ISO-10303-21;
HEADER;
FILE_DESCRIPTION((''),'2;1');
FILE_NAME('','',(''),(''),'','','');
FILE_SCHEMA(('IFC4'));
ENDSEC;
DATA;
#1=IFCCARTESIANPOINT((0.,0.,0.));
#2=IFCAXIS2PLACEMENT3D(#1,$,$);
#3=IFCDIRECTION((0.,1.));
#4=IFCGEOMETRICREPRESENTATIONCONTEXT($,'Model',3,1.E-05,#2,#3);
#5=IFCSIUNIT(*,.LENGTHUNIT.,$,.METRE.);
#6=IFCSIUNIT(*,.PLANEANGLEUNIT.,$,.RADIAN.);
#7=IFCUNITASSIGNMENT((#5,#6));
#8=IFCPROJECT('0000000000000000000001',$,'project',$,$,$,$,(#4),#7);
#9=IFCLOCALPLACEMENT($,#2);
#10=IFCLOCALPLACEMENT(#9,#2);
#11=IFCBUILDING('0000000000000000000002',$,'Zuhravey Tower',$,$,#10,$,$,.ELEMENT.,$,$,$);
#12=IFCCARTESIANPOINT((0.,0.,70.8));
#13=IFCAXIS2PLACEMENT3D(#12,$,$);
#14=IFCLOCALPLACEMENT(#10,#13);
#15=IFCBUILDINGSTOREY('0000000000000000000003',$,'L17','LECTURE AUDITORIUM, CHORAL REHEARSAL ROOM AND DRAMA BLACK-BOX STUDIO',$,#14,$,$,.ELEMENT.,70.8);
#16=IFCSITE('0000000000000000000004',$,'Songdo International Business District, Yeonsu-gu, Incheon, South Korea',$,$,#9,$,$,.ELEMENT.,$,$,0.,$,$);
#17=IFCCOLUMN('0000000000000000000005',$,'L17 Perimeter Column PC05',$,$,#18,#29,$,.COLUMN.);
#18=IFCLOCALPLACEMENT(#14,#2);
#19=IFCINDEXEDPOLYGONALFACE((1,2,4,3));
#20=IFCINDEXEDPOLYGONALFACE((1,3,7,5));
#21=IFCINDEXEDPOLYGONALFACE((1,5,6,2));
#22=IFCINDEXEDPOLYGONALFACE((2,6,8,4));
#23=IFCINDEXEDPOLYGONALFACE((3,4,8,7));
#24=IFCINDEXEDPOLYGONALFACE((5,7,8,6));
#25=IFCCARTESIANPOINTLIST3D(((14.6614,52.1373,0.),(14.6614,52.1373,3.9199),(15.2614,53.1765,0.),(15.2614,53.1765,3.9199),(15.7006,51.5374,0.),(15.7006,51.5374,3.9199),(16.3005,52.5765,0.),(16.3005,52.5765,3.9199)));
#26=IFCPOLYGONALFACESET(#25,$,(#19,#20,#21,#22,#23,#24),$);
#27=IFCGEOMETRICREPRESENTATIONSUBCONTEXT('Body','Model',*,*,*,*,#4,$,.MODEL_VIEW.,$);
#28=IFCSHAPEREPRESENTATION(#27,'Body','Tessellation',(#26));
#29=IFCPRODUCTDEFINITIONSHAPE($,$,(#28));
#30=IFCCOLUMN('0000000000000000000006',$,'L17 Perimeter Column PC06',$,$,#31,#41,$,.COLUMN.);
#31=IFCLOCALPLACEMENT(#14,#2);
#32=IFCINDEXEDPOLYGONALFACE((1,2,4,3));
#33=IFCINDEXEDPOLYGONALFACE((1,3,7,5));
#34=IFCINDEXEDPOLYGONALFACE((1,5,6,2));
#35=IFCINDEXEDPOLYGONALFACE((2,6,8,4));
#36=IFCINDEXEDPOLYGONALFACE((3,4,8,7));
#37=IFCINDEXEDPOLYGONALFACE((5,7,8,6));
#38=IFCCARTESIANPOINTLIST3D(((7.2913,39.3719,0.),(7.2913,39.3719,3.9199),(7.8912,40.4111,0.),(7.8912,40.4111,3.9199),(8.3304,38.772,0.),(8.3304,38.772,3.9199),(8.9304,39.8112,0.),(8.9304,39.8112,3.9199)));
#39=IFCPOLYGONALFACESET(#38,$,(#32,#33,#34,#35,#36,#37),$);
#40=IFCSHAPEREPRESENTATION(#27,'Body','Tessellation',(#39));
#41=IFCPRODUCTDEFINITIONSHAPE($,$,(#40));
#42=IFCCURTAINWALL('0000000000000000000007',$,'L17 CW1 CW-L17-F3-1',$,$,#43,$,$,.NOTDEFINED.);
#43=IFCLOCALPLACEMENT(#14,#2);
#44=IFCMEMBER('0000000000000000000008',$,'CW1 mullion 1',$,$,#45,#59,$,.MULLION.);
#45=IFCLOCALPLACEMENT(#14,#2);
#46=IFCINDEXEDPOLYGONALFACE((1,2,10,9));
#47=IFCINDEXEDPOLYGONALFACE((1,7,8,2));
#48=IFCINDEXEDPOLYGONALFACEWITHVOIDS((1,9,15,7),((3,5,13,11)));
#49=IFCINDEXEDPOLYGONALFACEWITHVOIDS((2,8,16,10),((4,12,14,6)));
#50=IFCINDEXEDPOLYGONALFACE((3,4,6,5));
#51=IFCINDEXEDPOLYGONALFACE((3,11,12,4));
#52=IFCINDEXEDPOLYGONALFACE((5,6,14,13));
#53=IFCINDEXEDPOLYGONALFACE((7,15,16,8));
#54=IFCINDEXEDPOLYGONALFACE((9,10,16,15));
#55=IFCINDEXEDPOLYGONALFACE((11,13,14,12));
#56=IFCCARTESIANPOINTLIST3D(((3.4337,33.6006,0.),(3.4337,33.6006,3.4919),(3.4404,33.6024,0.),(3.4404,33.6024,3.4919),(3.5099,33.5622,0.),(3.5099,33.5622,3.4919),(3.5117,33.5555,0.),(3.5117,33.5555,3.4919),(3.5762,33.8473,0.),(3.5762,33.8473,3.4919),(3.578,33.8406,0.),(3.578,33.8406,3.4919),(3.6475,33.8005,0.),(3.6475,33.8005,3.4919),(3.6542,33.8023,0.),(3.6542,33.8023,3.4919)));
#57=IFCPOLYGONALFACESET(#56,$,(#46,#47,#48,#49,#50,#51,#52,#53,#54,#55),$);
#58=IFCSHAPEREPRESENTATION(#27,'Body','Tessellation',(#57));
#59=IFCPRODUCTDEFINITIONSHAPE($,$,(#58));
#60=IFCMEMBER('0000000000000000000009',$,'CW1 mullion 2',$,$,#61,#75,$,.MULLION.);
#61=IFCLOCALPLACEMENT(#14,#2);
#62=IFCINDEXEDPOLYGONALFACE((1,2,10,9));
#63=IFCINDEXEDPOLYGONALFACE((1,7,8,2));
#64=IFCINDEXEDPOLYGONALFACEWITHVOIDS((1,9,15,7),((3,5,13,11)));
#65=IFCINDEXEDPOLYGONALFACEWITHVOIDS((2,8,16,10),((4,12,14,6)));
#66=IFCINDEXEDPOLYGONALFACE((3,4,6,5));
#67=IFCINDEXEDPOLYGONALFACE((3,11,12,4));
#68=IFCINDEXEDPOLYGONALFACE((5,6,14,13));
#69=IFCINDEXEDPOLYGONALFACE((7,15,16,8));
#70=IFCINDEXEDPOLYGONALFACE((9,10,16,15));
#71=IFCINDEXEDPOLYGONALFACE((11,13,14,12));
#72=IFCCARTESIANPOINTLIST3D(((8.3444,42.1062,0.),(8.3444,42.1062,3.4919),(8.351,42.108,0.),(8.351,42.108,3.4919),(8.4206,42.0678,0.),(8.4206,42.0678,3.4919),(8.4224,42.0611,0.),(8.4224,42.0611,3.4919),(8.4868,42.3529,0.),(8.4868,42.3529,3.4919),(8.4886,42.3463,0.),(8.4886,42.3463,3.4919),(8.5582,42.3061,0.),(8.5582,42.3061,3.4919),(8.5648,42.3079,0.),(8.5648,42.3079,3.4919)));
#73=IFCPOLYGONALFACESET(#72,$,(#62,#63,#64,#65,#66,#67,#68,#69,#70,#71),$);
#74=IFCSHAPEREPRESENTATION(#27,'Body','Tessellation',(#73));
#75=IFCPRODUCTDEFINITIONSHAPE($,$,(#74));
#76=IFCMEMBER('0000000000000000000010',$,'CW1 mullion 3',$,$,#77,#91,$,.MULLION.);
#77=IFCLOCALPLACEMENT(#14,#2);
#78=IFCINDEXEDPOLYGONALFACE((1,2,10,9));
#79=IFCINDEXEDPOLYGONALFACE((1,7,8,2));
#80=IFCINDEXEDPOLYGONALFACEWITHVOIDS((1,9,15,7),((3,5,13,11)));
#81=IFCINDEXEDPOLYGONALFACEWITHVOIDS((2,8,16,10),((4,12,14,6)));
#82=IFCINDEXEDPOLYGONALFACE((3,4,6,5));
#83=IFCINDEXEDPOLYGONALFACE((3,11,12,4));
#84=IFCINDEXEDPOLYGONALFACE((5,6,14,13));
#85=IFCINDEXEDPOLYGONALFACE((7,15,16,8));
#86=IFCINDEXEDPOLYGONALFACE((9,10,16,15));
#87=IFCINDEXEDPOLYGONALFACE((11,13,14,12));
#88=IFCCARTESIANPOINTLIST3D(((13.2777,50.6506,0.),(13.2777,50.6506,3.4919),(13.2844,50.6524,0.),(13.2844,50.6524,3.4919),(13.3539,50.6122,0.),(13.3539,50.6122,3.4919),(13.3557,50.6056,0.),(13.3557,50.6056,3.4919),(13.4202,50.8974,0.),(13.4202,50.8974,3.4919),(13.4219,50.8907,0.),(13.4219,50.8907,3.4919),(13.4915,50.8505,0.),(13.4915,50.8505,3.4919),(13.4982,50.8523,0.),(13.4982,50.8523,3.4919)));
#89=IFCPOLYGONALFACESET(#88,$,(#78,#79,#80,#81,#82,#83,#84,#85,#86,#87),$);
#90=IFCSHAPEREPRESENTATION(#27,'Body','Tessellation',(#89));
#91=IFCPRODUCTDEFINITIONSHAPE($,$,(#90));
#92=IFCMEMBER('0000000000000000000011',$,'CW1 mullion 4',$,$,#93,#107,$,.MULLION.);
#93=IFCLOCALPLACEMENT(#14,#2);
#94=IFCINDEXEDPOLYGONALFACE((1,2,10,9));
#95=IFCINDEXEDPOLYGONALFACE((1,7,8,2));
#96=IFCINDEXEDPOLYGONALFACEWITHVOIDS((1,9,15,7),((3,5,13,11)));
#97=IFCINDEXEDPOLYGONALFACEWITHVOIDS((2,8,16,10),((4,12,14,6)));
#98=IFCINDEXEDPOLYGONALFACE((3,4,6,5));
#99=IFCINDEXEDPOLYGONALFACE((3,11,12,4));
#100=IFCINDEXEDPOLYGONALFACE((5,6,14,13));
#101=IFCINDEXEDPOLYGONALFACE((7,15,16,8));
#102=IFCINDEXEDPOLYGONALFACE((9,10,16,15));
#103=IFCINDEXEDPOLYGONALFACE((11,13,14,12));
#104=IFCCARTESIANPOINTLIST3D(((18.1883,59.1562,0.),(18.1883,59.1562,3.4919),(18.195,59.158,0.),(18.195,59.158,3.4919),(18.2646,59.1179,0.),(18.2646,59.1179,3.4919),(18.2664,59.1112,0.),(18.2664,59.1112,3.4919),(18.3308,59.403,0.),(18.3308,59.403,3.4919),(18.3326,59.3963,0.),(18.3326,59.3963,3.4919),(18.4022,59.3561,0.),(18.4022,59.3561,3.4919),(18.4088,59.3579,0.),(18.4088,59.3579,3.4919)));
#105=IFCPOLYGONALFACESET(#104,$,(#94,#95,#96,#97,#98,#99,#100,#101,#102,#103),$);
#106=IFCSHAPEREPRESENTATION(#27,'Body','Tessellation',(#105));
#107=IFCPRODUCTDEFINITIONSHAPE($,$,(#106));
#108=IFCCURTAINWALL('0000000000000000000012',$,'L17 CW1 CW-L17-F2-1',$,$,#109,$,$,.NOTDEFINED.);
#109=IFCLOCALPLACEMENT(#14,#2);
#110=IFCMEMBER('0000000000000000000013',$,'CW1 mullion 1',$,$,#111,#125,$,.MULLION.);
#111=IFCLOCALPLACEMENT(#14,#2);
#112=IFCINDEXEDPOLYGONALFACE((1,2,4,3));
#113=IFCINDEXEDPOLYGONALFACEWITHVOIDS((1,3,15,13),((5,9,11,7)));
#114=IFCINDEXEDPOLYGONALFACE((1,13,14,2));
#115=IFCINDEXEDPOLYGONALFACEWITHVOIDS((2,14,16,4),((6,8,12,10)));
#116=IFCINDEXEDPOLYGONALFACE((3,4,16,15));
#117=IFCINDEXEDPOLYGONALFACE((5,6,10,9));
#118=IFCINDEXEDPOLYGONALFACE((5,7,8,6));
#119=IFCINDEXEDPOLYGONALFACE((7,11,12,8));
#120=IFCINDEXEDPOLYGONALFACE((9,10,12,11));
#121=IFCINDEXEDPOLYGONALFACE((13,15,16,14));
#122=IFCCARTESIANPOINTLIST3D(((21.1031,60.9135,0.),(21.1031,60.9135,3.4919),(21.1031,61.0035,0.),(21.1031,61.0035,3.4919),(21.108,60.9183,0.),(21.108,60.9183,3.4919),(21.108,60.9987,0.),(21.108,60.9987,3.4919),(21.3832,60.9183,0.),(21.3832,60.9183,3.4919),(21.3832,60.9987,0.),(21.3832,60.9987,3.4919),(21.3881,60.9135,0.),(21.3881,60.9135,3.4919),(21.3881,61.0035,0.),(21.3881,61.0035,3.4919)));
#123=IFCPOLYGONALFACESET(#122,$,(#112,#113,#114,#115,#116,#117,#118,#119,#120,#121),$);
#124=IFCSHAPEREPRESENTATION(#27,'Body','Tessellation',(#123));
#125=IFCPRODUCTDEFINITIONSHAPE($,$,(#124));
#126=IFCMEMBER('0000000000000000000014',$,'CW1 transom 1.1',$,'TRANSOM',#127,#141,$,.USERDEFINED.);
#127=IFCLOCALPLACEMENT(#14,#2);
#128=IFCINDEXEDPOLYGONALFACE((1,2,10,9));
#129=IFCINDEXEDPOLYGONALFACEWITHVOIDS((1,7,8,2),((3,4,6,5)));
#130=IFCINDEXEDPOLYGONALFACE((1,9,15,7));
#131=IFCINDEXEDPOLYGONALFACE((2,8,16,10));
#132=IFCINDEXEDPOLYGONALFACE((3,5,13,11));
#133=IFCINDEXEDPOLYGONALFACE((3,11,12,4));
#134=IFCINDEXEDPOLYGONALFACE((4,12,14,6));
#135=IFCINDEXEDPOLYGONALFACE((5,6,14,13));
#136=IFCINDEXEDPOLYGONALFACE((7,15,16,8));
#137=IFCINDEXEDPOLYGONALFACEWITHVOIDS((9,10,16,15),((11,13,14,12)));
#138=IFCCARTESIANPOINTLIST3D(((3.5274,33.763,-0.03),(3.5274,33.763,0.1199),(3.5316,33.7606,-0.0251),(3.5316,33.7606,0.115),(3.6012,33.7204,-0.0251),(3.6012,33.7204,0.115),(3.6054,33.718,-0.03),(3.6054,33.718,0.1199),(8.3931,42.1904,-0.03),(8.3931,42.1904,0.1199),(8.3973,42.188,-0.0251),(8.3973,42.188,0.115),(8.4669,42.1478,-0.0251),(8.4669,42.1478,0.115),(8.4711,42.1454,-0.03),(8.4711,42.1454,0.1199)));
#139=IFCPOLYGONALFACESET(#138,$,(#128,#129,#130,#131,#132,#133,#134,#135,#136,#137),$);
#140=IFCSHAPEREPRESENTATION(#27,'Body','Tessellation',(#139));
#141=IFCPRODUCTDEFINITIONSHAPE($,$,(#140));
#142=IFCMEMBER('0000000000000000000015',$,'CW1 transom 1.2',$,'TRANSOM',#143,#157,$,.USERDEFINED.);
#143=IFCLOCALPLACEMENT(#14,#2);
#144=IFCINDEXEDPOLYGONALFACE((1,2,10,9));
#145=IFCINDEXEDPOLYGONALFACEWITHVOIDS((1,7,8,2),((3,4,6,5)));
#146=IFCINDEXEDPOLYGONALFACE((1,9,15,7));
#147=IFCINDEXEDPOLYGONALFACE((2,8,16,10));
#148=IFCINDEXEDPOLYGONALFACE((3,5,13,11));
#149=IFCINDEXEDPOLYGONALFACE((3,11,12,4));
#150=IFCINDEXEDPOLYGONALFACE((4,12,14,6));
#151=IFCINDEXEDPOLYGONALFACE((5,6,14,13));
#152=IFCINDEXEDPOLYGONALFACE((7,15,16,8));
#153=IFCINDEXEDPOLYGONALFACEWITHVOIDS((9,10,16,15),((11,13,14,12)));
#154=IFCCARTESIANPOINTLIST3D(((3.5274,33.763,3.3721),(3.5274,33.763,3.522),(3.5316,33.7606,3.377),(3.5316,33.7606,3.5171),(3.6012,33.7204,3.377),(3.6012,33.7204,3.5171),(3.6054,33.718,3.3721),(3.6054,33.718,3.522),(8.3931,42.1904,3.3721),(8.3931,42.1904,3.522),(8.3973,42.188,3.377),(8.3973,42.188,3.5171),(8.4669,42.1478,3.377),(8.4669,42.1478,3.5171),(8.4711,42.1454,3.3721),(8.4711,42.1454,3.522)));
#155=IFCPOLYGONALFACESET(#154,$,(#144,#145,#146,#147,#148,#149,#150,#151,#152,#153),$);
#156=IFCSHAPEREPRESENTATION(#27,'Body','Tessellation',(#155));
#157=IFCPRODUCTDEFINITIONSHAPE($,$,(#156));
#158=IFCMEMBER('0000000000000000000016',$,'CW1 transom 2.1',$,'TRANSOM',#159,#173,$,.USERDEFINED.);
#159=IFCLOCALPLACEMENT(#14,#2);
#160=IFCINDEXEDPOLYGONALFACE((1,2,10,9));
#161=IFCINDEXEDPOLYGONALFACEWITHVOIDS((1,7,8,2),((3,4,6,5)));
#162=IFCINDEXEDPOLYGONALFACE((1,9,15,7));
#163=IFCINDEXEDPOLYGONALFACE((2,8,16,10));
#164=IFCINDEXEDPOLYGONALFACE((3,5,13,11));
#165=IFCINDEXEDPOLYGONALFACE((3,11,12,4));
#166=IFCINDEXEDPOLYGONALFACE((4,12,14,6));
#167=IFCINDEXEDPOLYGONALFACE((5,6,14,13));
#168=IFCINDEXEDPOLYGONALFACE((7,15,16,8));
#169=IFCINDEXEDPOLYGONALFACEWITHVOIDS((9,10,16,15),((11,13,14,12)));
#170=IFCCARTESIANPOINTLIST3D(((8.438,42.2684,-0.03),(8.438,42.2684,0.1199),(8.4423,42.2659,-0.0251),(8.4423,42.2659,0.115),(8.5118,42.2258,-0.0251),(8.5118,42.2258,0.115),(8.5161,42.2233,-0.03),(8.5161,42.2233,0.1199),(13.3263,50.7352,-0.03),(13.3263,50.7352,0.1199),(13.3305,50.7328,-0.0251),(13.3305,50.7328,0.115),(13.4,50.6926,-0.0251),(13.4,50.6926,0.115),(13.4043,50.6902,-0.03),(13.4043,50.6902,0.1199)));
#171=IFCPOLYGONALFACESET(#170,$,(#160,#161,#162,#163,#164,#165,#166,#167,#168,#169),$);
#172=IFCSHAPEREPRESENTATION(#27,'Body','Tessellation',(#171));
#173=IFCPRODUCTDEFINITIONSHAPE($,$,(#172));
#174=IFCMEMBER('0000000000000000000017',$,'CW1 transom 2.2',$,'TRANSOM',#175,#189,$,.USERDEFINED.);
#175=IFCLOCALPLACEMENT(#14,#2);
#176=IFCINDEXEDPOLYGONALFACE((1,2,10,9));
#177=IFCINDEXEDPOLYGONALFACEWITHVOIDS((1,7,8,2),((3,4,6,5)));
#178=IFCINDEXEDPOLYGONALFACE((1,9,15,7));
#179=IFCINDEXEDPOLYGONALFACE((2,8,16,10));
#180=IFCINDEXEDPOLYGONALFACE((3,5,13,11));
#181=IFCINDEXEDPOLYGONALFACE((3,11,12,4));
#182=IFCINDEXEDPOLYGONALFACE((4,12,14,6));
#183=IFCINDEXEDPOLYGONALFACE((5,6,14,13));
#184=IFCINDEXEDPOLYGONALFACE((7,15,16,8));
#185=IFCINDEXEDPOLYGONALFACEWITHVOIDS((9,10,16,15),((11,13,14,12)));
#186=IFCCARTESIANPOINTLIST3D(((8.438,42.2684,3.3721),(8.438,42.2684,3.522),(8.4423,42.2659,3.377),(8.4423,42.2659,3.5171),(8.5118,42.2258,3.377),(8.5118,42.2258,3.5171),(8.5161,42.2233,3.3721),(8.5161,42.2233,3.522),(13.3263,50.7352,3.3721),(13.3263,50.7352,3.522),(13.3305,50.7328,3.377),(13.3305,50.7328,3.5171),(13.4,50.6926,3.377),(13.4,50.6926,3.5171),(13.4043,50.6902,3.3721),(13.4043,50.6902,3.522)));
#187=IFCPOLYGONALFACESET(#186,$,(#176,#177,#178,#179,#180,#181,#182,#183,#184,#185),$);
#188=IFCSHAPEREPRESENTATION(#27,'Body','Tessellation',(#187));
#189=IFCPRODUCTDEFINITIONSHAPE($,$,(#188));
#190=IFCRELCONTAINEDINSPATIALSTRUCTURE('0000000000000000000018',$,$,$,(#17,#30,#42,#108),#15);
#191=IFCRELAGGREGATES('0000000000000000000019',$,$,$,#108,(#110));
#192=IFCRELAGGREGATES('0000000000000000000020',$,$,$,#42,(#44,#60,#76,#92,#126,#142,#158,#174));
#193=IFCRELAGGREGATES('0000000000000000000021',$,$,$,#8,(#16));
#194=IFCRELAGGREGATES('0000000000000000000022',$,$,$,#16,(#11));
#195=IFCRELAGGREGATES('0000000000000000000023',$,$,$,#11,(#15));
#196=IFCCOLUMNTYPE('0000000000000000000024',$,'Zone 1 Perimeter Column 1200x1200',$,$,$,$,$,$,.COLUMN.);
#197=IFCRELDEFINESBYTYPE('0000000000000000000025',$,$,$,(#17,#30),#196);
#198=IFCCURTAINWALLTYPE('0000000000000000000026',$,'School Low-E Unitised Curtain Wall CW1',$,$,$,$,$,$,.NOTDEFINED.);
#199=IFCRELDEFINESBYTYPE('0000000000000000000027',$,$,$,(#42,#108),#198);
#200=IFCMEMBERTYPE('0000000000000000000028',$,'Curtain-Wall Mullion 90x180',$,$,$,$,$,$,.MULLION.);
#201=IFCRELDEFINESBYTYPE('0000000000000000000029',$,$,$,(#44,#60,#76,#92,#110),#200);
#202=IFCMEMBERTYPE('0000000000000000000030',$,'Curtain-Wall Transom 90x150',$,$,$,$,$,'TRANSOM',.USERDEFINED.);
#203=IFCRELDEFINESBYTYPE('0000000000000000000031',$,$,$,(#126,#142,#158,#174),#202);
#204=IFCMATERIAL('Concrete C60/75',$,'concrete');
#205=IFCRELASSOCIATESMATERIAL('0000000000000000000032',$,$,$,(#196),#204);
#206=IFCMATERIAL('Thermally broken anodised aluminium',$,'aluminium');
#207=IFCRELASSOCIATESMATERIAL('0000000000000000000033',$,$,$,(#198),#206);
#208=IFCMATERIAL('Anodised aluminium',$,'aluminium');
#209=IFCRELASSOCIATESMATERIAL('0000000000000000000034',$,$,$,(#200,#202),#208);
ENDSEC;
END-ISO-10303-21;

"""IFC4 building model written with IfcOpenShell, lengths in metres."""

from ifc_helpers import new_model, si_unit, direction, frame, origin, origin_2d, place, context, subcontext, project, spatial, rectangle, hollow_rectangle, extrude, material, material_profile, profile_set, type_object, element, aggregate, save


model = new_model("IFC4")

# Units and contexts
model_context = context("Model", 3, precision=1e-05, world=origin(), true_north=direction((0.0, 1.0)))
body_context = subcontext(model_context, "Body", "Model", "MODEL_VIEW")
ifc_project = project(units=[si_unit("LENGTHUNIT", "METRE"), si_unit("PLANEANGLEUNIT", "RADIAN")], contexts=[model_context])

# Site, building, storey
site_placement = place(None, origin())
site = spatial("IfcSite", under=ifc_project, at=site_placement, Name="Songdo International Business District, Yeonsu-gu, Incheon, South Korea", CompositionType="ELEMENT", RefElevation=0.0)
building_placement = place(site_placement, origin())
building = spatial("IfcBuilding", under=site, at=building_placement, Name="Zuhravey Tower", CompositionType="ELEMENT")
storey_placement = place(building_placement, frame((0.0, 0.0, 70.8)))
storey = spatial("IfcBuildingStorey", under=building, at=storey_placement, Name="L17", Description="LECTURE AUDITORIUM, CHORAL REHEARSAL ROOM AND DRAMA BLACK-BOX STUDIO", CompositionType="ELEMENT", Elevation=70.8)

# Columns
ifc_material_1 = material(Name="Concrete C60/75", Category="concrete")
ifc_material_profile_1 = material_profile(ifc_material_1, rectangle(XDim=1.2, YDim=1.2, at=origin_2d()), Name="RC-1200x1200")
ifc_profile_set_1 = profile_set([ifc_material_profile_1], Name="Concrete C60/75")
column_type = type_object("IfcColumnType", Name="Zone 1 Perimeter Column 1200x1200", PredefinedType="COLUMN", material=ifc_profile_set_1)
for number, where, z_axis, x_axis, name in (
    (1, (15.481, 52.3569, 0.0), (0.0, 0.0, 1.0), (-0.5, -0.866025, 0.0), "L17 Perimeter Column PC05"),
    (2, (8.1108, 39.5916, 0.0), (0.0, 0.0, 1.0), (-0.5, -0.866025, 0.0), "L17 Perimeter Column PC06"),
):
    element("IfcColumn", number, at=place(storey_placement, frame(where, z_axis=z_axis, x_axis=x_axis)), inside=storey, type_object=column_type, Name=name, PredefinedType="COLUMN", context=body_context, shape_type="SweptSolid", body=[
        extrude(rectangle(XDim=1.2, YDim=1.2, at=origin_2d()), origin(), (0.0, 0.0, 1.0), 3.9199),
    ])

# Curtain wall, members
ifc_material_2 = material(Name="Thermally broken anodised aluminium", Category="aluminium")
curtain_wall_type = type_object("IfcCurtainWallType", Name="School Low-E Unitised Curtain Wall CW1", PredefinedType="NOTDEFINED", material=ifc_material_2)
curtain_wall_1_placement = place(storey_placement, origin())
curtain_wall_1 = element("IfcCurtainWall", 3, at=curtain_wall_1_placement, inside=storey, type_object=curtain_wall_type, Name="L17 CW1 CW-L17-F3-1", PredefinedType="NOTDEFINED")
ifc_material_3 = material(Name="Anodised aluminium", Category="aluminium")
ifc_material_profile_2 = material_profile(ifc_material_3, hollow_rectangle(XDim=0.0901, YDim=0.2849, WallThickness=0.0049, at=origin_2d()), Name="ALU-RHS-90x285x5")
ifc_profile_set_2 = profile_set([ifc_material_profile_2], Name="Anodised aluminium")
member_type_1 = type_object("IfcMemberType", Name="Curtain-Wall Mullion 90x180", PredefinedType="MULLION", material=ifc_profile_set_2)
member_1_placement = place(storey_placement, frame((3.5439, 33.7014, 0.0), z_axis=(0.0, 0.0, 1.0), x_axis=(-0.866026, 0.5, 0.0)))
member_1 = element("IfcMember", 4, at=member_1_placement, type_object=member_type_1, Name="CW1 mullion 1", PredefinedType="MULLION", context=body_context, shape_type="SweptSolid", body=[
    extrude(hollow_rectangle(XDim=0.0901, YDim=0.2849, WallThickness=0.0049, at=origin_2d()), origin(), (0.0, 0.0, 1.0), 3.4919),
])
member_2_placement = place(storey_placement, frame((8.4546, 42.207, 0.0), z_axis=(0.0, 0.0, 1.0), x_axis=(-0.866026, 0.5, 0.0)))
member_2 = element("IfcMember", 5, at=member_2_placement, type_object=member_type_1, Name="CW1 mullion 2", PredefinedType="MULLION", context=body_context, shape_type="SweptSolid", body=[
    extrude(hollow_rectangle(XDim=0.0901, YDim=0.2849, WallThickness=0.0049, at=origin_2d()), origin(), (0.0, 0.0, 1.0), 3.4919),
])
member_3_placement = place(storey_placement, frame((13.3879, 50.7515, 0.0), z_axis=(0.0, 0.0, 1.0), x_axis=(-0.866026, 0.5, 0.0)))
member_3 = element("IfcMember", 6, at=member_3_placement, type_object=member_type_1, Name="CW1 mullion 3", PredefinedType="MULLION", context=body_context, shape_type="SweptSolid", body=[
    extrude(hollow_rectangle(XDim=0.0901, YDim=0.2849, WallThickness=0.0049, at=origin_2d()), origin(), (0.0, 0.0, 1.0), 3.4919),
])
member_4_placement = place(storey_placement, frame((18.2986, 59.2571, 0.0), z_axis=(0.0, 0.0, 1.0), x_axis=(-0.866026, 0.5, 0.0)))
member_4 = element("IfcMember", 7, at=member_4_placement, type_object=member_type_1, Name="CW1 mullion 4", PredefinedType="MULLION", context=body_context, shape_type="SweptSolid", body=[
    extrude(hollow_rectangle(XDim=0.0901, YDim=0.2849, WallThickness=0.0049, at=origin_2d()), origin(), (0.0, 0.0, 1.0), 3.4919),
])

# Curtain wall, member
curtain_wall_2_placement = place(storey_placement, origin())
curtain_wall_2 = element("IfcCurtainWall", 8, at=curtain_wall_2_placement, inside=storey, type_object=curtain_wall_type, Name="L17 CW1 CW-L17-F2-1", PredefinedType="NOTDEFINED")
member_5_placement = place(storey_placement, frame((21.2456, 60.9585, 0.0), z_axis=(0.0, 0.0, 1.0), x_axis=(0.0, 1.0, 0.0)))
member_5 = element("IfcMember", 9, at=member_5_placement, type_object=member_type_1, Name="CW1 mullion 1", PredefinedType="MULLION", context=body_context, shape_type="SweptSolid", body=[
    extrude(hollow_rectangle(XDim=0.0901, YDim=0.2849, WallThickness=0.0049, at=origin_2d()), origin(), (0.0, 0.0, 1.0), 3.4919),
])

# Members
ifc_material_profile_3 = material_profile(ifc_material_3, hollow_rectangle(XDim=0.0901, YDim=0.1499, WallThickness=0.0049, at=origin_2d()), Name="ALU-RHS-90x150x5")
ifc_profile_set_3 = profile_set([ifc_material_profile_3], Name="Anodised aluminium")
member_type_2 = type_object("IfcMemberType", Name="Curtain-Wall Transom 90x150", ElementType="TRANSOM", PredefinedType="USERDEFINED", material=ifc_profile_set_3)
member_6_placement = place(storey_placement, frame((3.5664, 33.7405, 0.0449), z_axis=(0.500008, 0.866021, 0.0), x_axis=(-0.866021, 0.500008, 0.0)))
member_6 = element("IfcMember", 10, at=member_6_placement, type_object=member_type_2, Name="CW1 transom 1.1", ObjectType="TRANSOM", PredefinedType="USERDEFINED", context=body_context, shape_type="SweptSolid", body=[
    extrude(hollow_rectangle(XDim=0.0901, YDim=0.1499, WallThickness=0.0049, at=origin_2d()), origin(), (0.0, 0.0, 1.0), 9.7312),
])
member_7_placement = place(storey_placement, frame((3.5664, 33.7405, 3.447), z_axis=(0.500008, 0.866021, 0.0), x_axis=(-0.866021, 0.500008, 0.0)))
member_7 = element("IfcMember", 11, at=member_7_placement, type_object=member_type_2, Name="CW1 transom 1.2", ObjectType="TRANSOM", PredefinedType="USERDEFINED", context=body_context, shape_type="SweptSolid", body=[
    extrude(hollow_rectangle(XDim=0.0901, YDim=0.1499, WallThickness=0.0049, at=origin_2d()), origin(), (0.0, 0.0, 1.0), 9.7312),
])
member_8_placement = place(storey_placement, frame((8.4771, 42.2458, 0.0449), z_axis=(0.49999, 0.866031, 0.0), x_axis=(-0.866031, 0.49999, 0.0)))
member_8 = element("IfcMember", 12, at=member_8_placement, type_object=member_type_2, Name="CW1 transom 2.1", ObjectType="TRANSOM", PredefinedType="USERDEFINED", context=body_context, shape_type="SweptSolid", body=[
    extrude(hollow_rectangle(XDim=0.0901, YDim=0.1499, WallThickness=0.0049, at=origin_2d()), origin(), (0.0, 0.0, 1.0), 9.7766),
])
member_9_placement = place(storey_placement, frame((8.4771, 42.2458, 3.447), z_axis=(0.49999, 0.866031, 0.0), x_axis=(-0.866031, 0.49999, 0.0)))
member_9 = element("IfcMember", 13, at=member_9_placement, type_object=member_type_2, Name="CW1 transom 2.2", ObjectType="TRANSOM", PredefinedType="USERDEFINED", context=body_context, shape_type="SweptSolid", body=[
    extrude(hollow_rectangle(XDim=0.0901, YDim=0.1499, WallThickness=0.0049, at=origin_2d()), origin(), (0.0, 0.0, 1.0), 9.7766),
])
aggregate(curtain_wall_2, [member_5])

aggregate(curtain_wall_1, [member_1, member_2, member_3, member_4, member_6, member_7, member_8, member_9])

save(model, "model.ifc")
